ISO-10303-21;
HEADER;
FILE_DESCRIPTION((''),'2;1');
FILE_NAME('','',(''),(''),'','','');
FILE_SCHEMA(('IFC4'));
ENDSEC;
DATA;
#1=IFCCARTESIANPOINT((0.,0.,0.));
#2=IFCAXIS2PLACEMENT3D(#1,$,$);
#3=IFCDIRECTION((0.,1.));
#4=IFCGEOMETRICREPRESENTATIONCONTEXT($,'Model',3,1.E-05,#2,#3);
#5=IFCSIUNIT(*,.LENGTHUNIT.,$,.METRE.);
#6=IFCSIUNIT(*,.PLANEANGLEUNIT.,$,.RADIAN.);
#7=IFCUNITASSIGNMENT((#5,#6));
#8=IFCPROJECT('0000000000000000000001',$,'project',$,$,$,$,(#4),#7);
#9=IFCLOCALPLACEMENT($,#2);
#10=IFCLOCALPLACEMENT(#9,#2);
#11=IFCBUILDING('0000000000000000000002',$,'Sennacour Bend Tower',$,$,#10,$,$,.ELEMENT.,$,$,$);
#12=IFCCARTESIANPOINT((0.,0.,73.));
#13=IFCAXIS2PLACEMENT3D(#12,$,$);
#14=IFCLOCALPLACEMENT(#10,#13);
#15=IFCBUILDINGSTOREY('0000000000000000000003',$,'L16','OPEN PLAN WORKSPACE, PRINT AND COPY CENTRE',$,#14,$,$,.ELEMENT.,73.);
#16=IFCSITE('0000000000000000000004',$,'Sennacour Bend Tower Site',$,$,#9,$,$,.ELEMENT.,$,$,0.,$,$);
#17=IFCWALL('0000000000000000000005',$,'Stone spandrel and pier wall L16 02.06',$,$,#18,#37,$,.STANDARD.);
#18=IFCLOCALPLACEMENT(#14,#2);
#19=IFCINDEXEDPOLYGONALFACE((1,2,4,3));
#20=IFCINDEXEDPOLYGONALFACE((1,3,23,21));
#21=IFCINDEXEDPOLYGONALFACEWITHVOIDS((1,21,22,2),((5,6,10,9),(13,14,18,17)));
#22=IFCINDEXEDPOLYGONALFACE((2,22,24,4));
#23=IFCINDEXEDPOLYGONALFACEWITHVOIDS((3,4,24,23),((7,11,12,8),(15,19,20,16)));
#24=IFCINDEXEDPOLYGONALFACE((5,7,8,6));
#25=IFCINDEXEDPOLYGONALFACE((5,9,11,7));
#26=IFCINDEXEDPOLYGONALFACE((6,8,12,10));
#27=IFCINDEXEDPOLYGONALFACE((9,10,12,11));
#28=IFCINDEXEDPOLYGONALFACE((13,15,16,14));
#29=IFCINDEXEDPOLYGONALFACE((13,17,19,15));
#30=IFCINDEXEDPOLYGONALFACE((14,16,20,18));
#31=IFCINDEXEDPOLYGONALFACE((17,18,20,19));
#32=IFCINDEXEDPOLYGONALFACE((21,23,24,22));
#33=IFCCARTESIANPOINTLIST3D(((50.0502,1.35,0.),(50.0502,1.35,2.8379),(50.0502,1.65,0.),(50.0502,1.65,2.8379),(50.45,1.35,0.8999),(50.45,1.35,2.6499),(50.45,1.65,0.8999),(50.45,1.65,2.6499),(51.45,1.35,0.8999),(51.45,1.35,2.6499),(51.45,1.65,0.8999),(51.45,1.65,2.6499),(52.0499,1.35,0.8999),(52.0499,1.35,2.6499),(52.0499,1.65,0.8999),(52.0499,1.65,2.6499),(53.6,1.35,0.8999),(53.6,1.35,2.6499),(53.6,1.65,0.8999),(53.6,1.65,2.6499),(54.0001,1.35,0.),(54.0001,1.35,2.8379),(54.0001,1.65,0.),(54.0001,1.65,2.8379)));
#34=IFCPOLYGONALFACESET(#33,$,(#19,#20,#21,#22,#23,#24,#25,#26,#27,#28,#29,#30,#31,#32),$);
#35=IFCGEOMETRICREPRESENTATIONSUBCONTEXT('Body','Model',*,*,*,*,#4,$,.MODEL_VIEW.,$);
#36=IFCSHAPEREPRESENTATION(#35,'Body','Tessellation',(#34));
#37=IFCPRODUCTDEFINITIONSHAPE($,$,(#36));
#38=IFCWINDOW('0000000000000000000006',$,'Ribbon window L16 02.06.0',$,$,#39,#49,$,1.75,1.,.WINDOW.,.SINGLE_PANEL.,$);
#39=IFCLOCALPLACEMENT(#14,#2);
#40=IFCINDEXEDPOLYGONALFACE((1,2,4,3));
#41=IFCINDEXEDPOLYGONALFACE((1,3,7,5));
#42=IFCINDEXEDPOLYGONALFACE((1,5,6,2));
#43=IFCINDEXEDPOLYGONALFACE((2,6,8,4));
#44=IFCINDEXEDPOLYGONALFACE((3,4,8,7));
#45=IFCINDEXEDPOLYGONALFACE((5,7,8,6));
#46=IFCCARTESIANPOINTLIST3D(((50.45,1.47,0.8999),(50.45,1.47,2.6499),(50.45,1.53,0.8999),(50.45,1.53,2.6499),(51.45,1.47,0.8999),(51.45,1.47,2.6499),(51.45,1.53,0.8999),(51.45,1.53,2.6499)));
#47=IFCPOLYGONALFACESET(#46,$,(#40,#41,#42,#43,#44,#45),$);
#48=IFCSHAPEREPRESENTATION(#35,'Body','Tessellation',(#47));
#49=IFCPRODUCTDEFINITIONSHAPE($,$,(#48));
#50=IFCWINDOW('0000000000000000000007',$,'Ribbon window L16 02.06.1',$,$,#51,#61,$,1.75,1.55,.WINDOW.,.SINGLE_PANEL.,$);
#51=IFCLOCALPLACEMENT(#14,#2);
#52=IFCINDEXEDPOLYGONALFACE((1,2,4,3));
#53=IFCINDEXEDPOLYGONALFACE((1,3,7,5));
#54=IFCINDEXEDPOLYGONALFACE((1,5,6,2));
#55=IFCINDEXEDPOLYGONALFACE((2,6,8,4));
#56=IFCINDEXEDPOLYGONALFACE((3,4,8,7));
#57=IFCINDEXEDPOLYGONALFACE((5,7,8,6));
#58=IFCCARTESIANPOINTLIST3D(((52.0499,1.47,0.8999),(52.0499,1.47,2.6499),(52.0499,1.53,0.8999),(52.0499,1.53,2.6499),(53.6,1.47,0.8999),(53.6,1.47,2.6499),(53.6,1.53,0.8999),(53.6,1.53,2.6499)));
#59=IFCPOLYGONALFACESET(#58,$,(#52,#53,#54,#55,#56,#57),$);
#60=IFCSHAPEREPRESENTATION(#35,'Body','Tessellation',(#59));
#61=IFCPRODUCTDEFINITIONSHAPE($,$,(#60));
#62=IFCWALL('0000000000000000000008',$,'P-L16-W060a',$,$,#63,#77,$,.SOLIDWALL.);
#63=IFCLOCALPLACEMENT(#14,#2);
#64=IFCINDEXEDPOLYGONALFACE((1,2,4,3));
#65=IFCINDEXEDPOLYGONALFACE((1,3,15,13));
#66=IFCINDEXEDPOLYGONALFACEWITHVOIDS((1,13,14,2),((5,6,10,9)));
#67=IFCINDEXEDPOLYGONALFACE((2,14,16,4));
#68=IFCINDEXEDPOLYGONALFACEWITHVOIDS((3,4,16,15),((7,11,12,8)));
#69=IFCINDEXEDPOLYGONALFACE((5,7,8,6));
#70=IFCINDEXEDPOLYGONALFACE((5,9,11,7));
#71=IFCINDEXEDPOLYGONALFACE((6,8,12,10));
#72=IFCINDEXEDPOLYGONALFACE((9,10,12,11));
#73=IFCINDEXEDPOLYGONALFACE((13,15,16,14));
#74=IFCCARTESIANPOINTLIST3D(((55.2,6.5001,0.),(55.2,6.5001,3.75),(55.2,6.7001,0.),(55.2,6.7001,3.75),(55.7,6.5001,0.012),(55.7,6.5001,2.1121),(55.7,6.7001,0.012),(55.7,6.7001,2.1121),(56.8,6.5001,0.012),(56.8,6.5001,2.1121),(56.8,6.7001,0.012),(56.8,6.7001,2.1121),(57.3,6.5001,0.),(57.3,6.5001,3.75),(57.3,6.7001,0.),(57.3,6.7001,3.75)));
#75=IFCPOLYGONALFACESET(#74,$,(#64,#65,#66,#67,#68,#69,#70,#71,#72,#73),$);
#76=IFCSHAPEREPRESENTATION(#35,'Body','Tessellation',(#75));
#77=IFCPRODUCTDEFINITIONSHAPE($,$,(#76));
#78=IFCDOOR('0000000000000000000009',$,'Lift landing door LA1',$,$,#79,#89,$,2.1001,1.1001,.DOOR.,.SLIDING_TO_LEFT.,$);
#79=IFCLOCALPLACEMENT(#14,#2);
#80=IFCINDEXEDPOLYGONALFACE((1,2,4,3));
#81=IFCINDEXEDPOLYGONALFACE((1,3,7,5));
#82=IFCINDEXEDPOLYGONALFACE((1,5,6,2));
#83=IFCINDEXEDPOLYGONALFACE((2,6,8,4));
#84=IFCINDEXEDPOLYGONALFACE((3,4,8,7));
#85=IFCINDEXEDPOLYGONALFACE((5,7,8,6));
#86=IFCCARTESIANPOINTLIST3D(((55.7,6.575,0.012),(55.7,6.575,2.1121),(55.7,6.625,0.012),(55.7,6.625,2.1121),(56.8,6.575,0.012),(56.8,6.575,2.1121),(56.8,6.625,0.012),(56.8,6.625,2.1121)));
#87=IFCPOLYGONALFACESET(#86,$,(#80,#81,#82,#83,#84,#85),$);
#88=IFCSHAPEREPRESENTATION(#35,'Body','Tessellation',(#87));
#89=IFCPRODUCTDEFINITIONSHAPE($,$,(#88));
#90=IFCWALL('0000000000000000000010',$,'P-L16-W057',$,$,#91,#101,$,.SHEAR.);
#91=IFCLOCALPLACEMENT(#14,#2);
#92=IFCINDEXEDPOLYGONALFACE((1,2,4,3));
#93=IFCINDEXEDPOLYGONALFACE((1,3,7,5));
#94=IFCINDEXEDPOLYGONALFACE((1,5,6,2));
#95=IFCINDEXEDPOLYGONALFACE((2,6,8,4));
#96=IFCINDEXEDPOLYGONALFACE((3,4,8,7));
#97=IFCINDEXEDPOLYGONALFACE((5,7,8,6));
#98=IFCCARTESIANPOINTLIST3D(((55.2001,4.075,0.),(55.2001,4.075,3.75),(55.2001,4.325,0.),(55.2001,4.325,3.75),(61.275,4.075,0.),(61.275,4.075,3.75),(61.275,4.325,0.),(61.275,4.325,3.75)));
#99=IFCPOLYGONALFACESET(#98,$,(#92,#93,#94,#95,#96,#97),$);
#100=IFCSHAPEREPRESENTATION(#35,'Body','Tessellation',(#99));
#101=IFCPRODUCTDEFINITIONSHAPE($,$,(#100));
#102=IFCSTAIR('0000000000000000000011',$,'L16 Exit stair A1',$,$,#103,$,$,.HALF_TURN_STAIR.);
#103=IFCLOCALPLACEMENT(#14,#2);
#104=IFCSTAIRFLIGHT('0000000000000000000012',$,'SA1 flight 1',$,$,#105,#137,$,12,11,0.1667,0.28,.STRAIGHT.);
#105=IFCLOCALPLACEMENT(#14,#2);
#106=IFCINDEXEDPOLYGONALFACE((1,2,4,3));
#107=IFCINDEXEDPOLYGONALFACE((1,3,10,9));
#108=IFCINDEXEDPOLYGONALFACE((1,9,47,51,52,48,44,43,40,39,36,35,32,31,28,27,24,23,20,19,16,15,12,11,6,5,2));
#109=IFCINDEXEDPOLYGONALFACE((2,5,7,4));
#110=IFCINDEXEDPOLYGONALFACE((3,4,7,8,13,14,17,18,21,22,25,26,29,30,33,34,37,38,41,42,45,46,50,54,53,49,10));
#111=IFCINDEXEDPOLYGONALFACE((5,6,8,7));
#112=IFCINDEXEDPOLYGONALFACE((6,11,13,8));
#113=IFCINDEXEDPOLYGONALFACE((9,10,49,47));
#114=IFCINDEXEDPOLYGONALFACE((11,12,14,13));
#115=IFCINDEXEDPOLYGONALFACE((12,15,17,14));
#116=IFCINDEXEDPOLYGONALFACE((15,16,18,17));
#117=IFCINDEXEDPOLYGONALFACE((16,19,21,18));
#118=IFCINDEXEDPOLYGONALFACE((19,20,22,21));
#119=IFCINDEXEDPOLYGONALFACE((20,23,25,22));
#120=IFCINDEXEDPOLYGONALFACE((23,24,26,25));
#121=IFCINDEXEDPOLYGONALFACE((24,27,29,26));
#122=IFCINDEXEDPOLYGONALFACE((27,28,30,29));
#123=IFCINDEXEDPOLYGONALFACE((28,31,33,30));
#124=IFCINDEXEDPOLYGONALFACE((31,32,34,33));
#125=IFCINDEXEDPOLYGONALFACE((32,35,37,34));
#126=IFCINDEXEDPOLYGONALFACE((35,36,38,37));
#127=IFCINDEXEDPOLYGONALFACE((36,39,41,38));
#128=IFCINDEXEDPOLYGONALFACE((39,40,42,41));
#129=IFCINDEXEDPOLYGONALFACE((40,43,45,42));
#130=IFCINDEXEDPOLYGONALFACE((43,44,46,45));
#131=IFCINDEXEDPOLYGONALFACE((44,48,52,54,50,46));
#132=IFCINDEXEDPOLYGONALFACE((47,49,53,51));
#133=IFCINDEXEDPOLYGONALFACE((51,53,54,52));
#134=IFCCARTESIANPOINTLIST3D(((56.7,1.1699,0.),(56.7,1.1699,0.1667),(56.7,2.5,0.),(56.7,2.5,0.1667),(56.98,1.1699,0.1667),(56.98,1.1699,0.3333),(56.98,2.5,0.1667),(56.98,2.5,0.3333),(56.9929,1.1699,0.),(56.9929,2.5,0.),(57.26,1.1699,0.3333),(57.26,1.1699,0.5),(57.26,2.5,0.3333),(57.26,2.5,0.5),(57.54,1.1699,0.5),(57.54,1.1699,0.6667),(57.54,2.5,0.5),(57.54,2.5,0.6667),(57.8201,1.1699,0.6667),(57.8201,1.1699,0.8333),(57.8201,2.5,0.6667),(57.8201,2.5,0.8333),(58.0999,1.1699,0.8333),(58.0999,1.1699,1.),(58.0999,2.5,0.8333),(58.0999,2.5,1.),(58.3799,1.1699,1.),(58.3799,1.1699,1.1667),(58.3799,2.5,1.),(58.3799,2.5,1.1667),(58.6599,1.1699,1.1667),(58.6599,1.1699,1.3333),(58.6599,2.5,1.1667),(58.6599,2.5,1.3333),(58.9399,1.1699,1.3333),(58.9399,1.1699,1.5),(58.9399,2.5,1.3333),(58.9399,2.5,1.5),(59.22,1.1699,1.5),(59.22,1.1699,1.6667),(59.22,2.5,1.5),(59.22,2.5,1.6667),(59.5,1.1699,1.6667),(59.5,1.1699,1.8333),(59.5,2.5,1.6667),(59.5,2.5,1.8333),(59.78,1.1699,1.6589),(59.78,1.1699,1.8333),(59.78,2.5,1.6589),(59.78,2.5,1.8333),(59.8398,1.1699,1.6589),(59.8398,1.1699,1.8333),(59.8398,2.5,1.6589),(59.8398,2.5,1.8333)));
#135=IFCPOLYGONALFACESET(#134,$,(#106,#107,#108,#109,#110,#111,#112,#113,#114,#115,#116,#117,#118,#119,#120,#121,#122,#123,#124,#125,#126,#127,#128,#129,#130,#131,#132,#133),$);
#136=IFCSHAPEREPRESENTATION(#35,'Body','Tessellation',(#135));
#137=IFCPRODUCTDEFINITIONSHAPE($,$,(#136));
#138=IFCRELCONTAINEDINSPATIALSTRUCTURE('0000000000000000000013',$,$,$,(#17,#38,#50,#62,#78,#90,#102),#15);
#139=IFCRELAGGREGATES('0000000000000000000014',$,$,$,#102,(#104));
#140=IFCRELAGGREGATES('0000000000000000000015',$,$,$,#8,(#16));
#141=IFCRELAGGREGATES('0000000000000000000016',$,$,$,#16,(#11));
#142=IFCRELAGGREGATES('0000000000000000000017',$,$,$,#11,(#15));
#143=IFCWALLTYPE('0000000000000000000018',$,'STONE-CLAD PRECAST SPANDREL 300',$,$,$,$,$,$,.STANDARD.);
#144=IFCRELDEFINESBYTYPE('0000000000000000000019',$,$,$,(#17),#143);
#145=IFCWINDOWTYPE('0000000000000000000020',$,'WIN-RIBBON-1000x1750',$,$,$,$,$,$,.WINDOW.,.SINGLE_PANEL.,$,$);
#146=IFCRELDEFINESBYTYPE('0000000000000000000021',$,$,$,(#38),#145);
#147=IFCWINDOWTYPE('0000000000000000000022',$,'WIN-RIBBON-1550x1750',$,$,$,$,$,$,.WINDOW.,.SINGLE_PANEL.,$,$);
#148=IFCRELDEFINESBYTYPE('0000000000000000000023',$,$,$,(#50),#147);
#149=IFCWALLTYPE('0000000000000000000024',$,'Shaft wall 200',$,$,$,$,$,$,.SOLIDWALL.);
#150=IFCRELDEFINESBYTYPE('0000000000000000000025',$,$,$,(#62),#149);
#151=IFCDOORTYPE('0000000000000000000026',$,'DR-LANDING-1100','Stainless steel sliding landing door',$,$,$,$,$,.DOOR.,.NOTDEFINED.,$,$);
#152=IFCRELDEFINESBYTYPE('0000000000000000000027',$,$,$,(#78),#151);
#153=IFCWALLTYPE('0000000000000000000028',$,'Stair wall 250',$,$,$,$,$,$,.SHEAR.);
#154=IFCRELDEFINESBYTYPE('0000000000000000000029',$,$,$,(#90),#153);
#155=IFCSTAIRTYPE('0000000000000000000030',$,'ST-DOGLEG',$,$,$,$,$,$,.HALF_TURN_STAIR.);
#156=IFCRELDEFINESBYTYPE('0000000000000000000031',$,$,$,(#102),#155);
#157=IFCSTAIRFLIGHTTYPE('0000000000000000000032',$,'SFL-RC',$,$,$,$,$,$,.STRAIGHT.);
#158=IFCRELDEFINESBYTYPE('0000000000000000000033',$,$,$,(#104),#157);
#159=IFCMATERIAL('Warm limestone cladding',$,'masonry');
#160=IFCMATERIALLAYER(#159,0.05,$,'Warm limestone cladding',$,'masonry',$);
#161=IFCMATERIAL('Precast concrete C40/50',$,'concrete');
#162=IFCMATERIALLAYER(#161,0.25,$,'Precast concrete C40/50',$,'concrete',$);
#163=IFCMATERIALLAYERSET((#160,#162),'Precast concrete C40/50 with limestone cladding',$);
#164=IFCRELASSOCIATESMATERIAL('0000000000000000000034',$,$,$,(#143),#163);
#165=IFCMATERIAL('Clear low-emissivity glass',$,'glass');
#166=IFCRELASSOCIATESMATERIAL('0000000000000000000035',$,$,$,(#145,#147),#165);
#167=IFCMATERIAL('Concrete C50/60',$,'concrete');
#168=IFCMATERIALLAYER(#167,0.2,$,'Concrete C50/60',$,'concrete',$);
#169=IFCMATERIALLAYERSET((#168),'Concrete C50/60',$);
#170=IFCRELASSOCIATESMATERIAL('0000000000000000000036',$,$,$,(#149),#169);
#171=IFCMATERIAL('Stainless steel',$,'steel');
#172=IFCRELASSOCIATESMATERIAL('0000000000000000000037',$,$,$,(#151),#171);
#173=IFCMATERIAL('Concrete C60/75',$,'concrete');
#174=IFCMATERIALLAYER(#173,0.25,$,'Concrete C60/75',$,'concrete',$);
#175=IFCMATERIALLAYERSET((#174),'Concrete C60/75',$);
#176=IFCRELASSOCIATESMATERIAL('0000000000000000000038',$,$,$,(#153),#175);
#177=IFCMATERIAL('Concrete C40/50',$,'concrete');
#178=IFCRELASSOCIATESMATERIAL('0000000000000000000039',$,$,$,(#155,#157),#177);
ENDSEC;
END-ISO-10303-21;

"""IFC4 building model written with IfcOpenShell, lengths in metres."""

from ifc_helpers import new_model, si_unit, direction, frame, frame_2d, origin, place, context, subcontext, project, spatial, polyline, rectangle, outline, extrude, material, layer, layer_set, type_object, element, fill, aggregate, save


model = new_model("IFC4")

# Units and contexts
model_context = context("Model", 3, precision=1e-05, world=origin(), true_north=direction((0.0, 1.0)))
body_context = subcontext(model_context, "Body", "Model", "MODEL_VIEW")
ifc_project = project(units=[si_unit("LENGTHUNIT", "METRE"), si_unit("PLANEANGLEUNIT", "RADIAN")], contexts=[model_context])

# Site, building, storey
site_placement = place(None, origin())
site = spatial("IfcSite", under=ifc_project, at=site_placement, Name="Sennacour Bend Tower Site", CompositionType="ELEMENT", RefElevation=0.0)
building_placement = place(site_placement, origin())
building = spatial("IfcBuilding", under=site, at=building_placement, Name="Sennacour Bend Tower", CompositionType="ELEMENT")
storey_placement = place(building_placement, frame((0.0, 0.0, 73.0)))
storey = spatial("IfcBuildingStorey", under=building, at=storey_placement, Name="L16", Description="OPEN PLAN WORKSPACE, PRINT AND COPY CENTRE", CompositionType="ELEMENT", Elevation=73.0)

# Wall, openings, windows
ifc_material_1 = material(Name="Warm limestone cladding", Category="masonry")
ifc_layer_1 = layer(ifc_material_1, 0.05, Name="Warm limestone cladding", Category="masonry")
ifc_material_2 = material(Name="Precast concrete C40/50", Category="concrete")
ifc_layer_2 = layer(ifc_material_2, 0.25, Name="Precast concrete C40/50", Category="concrete")
ifc_layer_set_1 = layer_set([ifc_layer_1, ifc_layer_2], Name="Precast concrete C40/50 with limestone cladding")
wall_type_1 = type_object("IfcWallType", Name="STONE-CLAD PRECAST SPANDREL 300", PredefinedType="STANDARD", material=ifc_layer_set_1)
wall_1_placement = place(storey_placement, frame((50.05, 1.5, 0.0), z_axis=(0.0, 0.0, 1.0), x_axis=(1.0, 0.0, 0.0)))
wall_1 = element("IfcWall", 1, at=wall_1_placement, inside=storey, type_object=wall_type_1, Name="Stone spandrel and pier wall L16 02.06", PredefinedType="STANDARD", context=body_context, shape_type="SweptSolid", body=[
    extrude(rectangle(XDim=3.95, YDim=0.3, at=frame_2d((1.9751, 0.0))), origin(), (0.0, 0.0, 1.0), 2.8379),
])
opening_1_placement = place(wall_1_placement, frame((0.3999, 0.0, 0.8999)))
opening_1 = element("IfcOpeningElement", 2, at=opening_1_placement, cuts=wall_1, PredefinedType="OPENING", context=body_context, shape_type="SweptSolid", body=[
    extrude(rectangle(XDim=1.0, YDim=1.75, at=frame_2d((0.5, 0.875))), frame((0.0, 0.1602, 0.0), z_axis=(0.0, -1.0, 0.0), x_axis=(1.0, 0.0, 0.0)), (0.0, 0.0, 1.0), 0.3201),
])
opening_2_placement = place(wall_1_placement, frame((2.0, 0.0, 0.8999)))
opening_2 = element("IfcOpeningElement", 3, at=opening_2_placement, cuts=wall_1, PredefinedType="OPENING", context=body_context, shape_type="SweptSolid", body=[
    extrude(rectangle(XDim=1.55, YDim=1.75, at=frame_2d((0.7749, 0.875))), frame((0.0, 0.1602, 0.0), z_axis=(0.0, -1.0, 0.0), x_axis=(1.0, 0.0, 0.0)), (0.0, 0.0, 1.0), 0.3201),
])
ifc_material_3 = material(Name="Clear low-emissivity glass", Category="glass")
window_type_1 = type_object("IfcWindowType", Name="WIN-RIBBON-1000x1750", PartitioningType="SINGLE_PANEL", PredefinedType="WINDOW", material=ifc_material_3)
window_1_placement = place(opening_1_placement, origin())
window_1 = element("IfcWindow", 4, at=window_1_placement, inside=storey, type_object=window_type_1, Name="Ribbon window L16 02.06.0", OverallHeight=1.75, OverallWidth=1.0, PartitioningType="SINGLE_PANEL", PredefinedType="WINDOW", context=body_context, shape_type="SweptSolid", body=[
    extrude(rectangle(XDim=1.0, YDim=1.75, at=frame_2d((0.5, 0.875))), frame((0.0, 0.03, 0.0), z_axis=(0.0, -1.0, 0.0), x_axis=(1.0, 0.0, 0.0)), (0.0, 0.0, 1.0), 0.0601),
])
fill(opening_1, window_1)
window_type_2 = type_object("IfcWindowType", Name="WIN-RIBBON-1550x1750", PartitioningType="SINGLE_PANEL", PredefinedType="WINDOW", material=ifc_material_3)
window_2_placement = place(opening_2_placement, origin())
window_2 = element("IfcWindow", 5, at=window_2_placement, inside=storey, type_object=window_type_2, Name="Ribbon window L16 02.06.1", OverallHeight=1.75, OverallWidth=1.55, PartitioningType="SINGLE_PANEL", PredefinedType="WINDOW", context=body_context, shape_type="SweptSolid", body=[
    extrude(rectangle(XDim=1.55, YDim=1.75, at=frame_2d((0.7749, 0.875))), frame((0.0, 0.03, 0.0), z_axis=(0.0, -1.0, 0.0), x_axis=(1.0, 0.0, 0.0)), (0.0, 0.0, 1.0), 0.0601),
])
fill(opening_2, window_2)

# Wall, opening, door
ifc_material_4 = material(Name="Concrete C50/60", Category="concrete")
ifc_layer_3 = layer(ifc_material_4, 0.2, Name="Concrete C50/60", Category="concrete")
ifc_layer_set_2 = layer_set([ifc_layer_3], Name="Concrete C50/60")
wall_type_2 = type_object("IfcWallType", Name="Shaft wall 200", PredefinedType="SOLIDWALL", material=ifc_layer_set_2)
wall_2_placement = place(storey_placement, frame((55.2, 6.6001, 0.0), z_axis=(0.0, 0.0, 1.0), x_axis=(1.0, 0.0, 0.0)))
wall_2 = element("IfcWall", 6, at=wall_2_placement, inside=storey, type_object=wall_type_2, Name="P-L16-W060a", PredefinedType="SOLIDWALL", context=body_context, shape_type="SweptSolid", body=[
    extrude(rectangle(XDim=2.1001, YDim=0.2, at=frame_2d((1.05, 0.0))), origin(), (0.0, 0.0, 1.0), 3.75),
])
opening_3_placement = place(wall_2_placement, frame((0.5, 0.0, 0.012)))
opening_3 = element("IfcOpeningElement", 7, at=opening_3_placement, cuts=wall_2, PredefinedType="OPENING", context=body_context, shape_type="SweptSolid", body=[
    extrude(rectangle(XDim=1.1001, YDim=2.1001, at=frame_2d((0.55, 1.05))), frame((0.0, 0.1099, 0.0), z_axis=(0.0, -1.0, 0.0), x_axis=(1.0, 0.0, 0.0)), (0.0, 0.0, 1.0), 0.22),
])
ifc_material_5 = material(Name="Stainless steel", Category="steel")
door_type_1 = type_object("IfcDoorType", Name="DR-LANDING-1100", Description="Stainless steel sliding landing door", OperationType="NOTDEFINED", PredefinedType="DOOR", material=ifc_material_5)
door_1_placement = place(opening_3_placement, origin())
door_1 = element("IfcDoor", 8, at=door_1_placement, inside=storey, type_object=door_type_1, Name="Lift landing door LA1", OperationType="SLIDING_TO_LEFT", OverallHeight=2.1001, OverallWidth=1.1001, PredefinedType="DOOR", context=body_context, shape_type="SweptSolid", body=[
    extrude(rectangle(XDim=1.1001, YDim=2.1001, at=frame_2d((0.55, 1.05))), frame((0.0, 0.0249, 0.0), z_axis=(0.0, -1.0, 0.0), x_axis=(1.0, 0.0, 0.0)), (0.0, 0.0, 1.0), 0.05),
])
fill(opening_3, door_1)

# Wall
ifc_material_6 = material(Name="Concrete C60/75", Category="concrete")
ifc_layer_4 = layer(ifc_material_6, 0.25, Name="Concrete C60/75", Category="concrete")
ifc_layer_set_3 = layer_set([ifc_layer_4], Name="Concrete C60/75")
wall_type_3 = type_object("IfcWallType", Name="Stair wall 250", PredefinedType="SHEAR", material=ifc_layer_set_3)
wall_3_placement = place(storey_placement, frame((55.2, 4.2, 0.0), z_axis=(0.0, 0.0, 1.0), x_axis=(1.0, 0.0, 0.0)))
element("IfcWall", 9, at=wall_3_placement, inside=storey, type_object=wall_type_3, Name="P-L16-W057", PredefinedType="SHEAR", context=body_context, shape_type="SweptSolid", body=[
    extrude(rectangle(XDim=6.075, YDim=0.25, at=frame_2d((3.0376, 0.0))), origin(), (0.0, 0.0, 1.0), 3.75),
])

# Stair, stair flight
ifc_material_7 = material(Name="Concrete C40/50", Category="concrete")
stair_type = type_object("IfcStairType", Name="ST-DOGLEG", PredefinedType="HALF_TURN_STAIR", material=ifc_material_7)
stair_placement = place(storey_placement, origin())
stair = element("IfcStair", 10, at=stair_placement, inside=storey, type_object=stair_type, Name="L16 Exit stair A1", PredefinedType="HALF_TURN_STAIR")
stair_flight_type = type_object("IfcStairFlightType", Name="SFL-RC", PredefinedType="STRAIGHT", material=ifc_material_7)
stair_flight_placement = place(storey_placement, frame((56.7, 1.835, 0.0), z_axis=(0.0, 0.0, 1.0), x_axis=(1.0, 0.0, 0.0)))
stair_flight = element("IfcStairFlight", 11, at=stair_flight_placement, type_object=stair_flight_type, Name="SA1 flight 1", NumberOfRisers=12, NumberOfTreads=11, PredefinedType="STRAIGHT", RiserHeight=0.1667, TreadLength=0.28, context=body_context, shape_type="SweptSolid", body=[
    extrude(outline(polyline([(0.0, 0.0), (0.0, 0.1667), (0.28, 0.1667), (0.28, 0.3333), (0.5601, 0.3333), (0.5601, 0.5), (0.8401, 0.5), (0.8401, 0.6667), (1.1201, 0.6667), (1.1201, 0.8333), (1.3999, 0.8333), (1.3999, 1.0), (1.6799, 1.0), (1.6799, 1.1667), (1.96, 1.1667), (1.96, 1.3333), (2.24, 1.3333), (2.24, 1.5), (2.52, 1.5), (2.52, 1.6667), (2.8, 1.6667), (2.8, 1.8333), (3.0801, 1.8333), (3.1399, 1.8333), (3.1399, 1.6589), (3.0801, 1.6589), (0.293, 0.0), (0.0, 0.0)])), frame((0.0, 0.665, 0.0), z_axis=(0.0, -1.0, 0.0), x_axis=(1.0, 0.0, 0.0)), (0.0, 0.0, 1.0), 1.3301),
])
aggregate(stair, [stair_flight])

save(model, "model.ifc")
